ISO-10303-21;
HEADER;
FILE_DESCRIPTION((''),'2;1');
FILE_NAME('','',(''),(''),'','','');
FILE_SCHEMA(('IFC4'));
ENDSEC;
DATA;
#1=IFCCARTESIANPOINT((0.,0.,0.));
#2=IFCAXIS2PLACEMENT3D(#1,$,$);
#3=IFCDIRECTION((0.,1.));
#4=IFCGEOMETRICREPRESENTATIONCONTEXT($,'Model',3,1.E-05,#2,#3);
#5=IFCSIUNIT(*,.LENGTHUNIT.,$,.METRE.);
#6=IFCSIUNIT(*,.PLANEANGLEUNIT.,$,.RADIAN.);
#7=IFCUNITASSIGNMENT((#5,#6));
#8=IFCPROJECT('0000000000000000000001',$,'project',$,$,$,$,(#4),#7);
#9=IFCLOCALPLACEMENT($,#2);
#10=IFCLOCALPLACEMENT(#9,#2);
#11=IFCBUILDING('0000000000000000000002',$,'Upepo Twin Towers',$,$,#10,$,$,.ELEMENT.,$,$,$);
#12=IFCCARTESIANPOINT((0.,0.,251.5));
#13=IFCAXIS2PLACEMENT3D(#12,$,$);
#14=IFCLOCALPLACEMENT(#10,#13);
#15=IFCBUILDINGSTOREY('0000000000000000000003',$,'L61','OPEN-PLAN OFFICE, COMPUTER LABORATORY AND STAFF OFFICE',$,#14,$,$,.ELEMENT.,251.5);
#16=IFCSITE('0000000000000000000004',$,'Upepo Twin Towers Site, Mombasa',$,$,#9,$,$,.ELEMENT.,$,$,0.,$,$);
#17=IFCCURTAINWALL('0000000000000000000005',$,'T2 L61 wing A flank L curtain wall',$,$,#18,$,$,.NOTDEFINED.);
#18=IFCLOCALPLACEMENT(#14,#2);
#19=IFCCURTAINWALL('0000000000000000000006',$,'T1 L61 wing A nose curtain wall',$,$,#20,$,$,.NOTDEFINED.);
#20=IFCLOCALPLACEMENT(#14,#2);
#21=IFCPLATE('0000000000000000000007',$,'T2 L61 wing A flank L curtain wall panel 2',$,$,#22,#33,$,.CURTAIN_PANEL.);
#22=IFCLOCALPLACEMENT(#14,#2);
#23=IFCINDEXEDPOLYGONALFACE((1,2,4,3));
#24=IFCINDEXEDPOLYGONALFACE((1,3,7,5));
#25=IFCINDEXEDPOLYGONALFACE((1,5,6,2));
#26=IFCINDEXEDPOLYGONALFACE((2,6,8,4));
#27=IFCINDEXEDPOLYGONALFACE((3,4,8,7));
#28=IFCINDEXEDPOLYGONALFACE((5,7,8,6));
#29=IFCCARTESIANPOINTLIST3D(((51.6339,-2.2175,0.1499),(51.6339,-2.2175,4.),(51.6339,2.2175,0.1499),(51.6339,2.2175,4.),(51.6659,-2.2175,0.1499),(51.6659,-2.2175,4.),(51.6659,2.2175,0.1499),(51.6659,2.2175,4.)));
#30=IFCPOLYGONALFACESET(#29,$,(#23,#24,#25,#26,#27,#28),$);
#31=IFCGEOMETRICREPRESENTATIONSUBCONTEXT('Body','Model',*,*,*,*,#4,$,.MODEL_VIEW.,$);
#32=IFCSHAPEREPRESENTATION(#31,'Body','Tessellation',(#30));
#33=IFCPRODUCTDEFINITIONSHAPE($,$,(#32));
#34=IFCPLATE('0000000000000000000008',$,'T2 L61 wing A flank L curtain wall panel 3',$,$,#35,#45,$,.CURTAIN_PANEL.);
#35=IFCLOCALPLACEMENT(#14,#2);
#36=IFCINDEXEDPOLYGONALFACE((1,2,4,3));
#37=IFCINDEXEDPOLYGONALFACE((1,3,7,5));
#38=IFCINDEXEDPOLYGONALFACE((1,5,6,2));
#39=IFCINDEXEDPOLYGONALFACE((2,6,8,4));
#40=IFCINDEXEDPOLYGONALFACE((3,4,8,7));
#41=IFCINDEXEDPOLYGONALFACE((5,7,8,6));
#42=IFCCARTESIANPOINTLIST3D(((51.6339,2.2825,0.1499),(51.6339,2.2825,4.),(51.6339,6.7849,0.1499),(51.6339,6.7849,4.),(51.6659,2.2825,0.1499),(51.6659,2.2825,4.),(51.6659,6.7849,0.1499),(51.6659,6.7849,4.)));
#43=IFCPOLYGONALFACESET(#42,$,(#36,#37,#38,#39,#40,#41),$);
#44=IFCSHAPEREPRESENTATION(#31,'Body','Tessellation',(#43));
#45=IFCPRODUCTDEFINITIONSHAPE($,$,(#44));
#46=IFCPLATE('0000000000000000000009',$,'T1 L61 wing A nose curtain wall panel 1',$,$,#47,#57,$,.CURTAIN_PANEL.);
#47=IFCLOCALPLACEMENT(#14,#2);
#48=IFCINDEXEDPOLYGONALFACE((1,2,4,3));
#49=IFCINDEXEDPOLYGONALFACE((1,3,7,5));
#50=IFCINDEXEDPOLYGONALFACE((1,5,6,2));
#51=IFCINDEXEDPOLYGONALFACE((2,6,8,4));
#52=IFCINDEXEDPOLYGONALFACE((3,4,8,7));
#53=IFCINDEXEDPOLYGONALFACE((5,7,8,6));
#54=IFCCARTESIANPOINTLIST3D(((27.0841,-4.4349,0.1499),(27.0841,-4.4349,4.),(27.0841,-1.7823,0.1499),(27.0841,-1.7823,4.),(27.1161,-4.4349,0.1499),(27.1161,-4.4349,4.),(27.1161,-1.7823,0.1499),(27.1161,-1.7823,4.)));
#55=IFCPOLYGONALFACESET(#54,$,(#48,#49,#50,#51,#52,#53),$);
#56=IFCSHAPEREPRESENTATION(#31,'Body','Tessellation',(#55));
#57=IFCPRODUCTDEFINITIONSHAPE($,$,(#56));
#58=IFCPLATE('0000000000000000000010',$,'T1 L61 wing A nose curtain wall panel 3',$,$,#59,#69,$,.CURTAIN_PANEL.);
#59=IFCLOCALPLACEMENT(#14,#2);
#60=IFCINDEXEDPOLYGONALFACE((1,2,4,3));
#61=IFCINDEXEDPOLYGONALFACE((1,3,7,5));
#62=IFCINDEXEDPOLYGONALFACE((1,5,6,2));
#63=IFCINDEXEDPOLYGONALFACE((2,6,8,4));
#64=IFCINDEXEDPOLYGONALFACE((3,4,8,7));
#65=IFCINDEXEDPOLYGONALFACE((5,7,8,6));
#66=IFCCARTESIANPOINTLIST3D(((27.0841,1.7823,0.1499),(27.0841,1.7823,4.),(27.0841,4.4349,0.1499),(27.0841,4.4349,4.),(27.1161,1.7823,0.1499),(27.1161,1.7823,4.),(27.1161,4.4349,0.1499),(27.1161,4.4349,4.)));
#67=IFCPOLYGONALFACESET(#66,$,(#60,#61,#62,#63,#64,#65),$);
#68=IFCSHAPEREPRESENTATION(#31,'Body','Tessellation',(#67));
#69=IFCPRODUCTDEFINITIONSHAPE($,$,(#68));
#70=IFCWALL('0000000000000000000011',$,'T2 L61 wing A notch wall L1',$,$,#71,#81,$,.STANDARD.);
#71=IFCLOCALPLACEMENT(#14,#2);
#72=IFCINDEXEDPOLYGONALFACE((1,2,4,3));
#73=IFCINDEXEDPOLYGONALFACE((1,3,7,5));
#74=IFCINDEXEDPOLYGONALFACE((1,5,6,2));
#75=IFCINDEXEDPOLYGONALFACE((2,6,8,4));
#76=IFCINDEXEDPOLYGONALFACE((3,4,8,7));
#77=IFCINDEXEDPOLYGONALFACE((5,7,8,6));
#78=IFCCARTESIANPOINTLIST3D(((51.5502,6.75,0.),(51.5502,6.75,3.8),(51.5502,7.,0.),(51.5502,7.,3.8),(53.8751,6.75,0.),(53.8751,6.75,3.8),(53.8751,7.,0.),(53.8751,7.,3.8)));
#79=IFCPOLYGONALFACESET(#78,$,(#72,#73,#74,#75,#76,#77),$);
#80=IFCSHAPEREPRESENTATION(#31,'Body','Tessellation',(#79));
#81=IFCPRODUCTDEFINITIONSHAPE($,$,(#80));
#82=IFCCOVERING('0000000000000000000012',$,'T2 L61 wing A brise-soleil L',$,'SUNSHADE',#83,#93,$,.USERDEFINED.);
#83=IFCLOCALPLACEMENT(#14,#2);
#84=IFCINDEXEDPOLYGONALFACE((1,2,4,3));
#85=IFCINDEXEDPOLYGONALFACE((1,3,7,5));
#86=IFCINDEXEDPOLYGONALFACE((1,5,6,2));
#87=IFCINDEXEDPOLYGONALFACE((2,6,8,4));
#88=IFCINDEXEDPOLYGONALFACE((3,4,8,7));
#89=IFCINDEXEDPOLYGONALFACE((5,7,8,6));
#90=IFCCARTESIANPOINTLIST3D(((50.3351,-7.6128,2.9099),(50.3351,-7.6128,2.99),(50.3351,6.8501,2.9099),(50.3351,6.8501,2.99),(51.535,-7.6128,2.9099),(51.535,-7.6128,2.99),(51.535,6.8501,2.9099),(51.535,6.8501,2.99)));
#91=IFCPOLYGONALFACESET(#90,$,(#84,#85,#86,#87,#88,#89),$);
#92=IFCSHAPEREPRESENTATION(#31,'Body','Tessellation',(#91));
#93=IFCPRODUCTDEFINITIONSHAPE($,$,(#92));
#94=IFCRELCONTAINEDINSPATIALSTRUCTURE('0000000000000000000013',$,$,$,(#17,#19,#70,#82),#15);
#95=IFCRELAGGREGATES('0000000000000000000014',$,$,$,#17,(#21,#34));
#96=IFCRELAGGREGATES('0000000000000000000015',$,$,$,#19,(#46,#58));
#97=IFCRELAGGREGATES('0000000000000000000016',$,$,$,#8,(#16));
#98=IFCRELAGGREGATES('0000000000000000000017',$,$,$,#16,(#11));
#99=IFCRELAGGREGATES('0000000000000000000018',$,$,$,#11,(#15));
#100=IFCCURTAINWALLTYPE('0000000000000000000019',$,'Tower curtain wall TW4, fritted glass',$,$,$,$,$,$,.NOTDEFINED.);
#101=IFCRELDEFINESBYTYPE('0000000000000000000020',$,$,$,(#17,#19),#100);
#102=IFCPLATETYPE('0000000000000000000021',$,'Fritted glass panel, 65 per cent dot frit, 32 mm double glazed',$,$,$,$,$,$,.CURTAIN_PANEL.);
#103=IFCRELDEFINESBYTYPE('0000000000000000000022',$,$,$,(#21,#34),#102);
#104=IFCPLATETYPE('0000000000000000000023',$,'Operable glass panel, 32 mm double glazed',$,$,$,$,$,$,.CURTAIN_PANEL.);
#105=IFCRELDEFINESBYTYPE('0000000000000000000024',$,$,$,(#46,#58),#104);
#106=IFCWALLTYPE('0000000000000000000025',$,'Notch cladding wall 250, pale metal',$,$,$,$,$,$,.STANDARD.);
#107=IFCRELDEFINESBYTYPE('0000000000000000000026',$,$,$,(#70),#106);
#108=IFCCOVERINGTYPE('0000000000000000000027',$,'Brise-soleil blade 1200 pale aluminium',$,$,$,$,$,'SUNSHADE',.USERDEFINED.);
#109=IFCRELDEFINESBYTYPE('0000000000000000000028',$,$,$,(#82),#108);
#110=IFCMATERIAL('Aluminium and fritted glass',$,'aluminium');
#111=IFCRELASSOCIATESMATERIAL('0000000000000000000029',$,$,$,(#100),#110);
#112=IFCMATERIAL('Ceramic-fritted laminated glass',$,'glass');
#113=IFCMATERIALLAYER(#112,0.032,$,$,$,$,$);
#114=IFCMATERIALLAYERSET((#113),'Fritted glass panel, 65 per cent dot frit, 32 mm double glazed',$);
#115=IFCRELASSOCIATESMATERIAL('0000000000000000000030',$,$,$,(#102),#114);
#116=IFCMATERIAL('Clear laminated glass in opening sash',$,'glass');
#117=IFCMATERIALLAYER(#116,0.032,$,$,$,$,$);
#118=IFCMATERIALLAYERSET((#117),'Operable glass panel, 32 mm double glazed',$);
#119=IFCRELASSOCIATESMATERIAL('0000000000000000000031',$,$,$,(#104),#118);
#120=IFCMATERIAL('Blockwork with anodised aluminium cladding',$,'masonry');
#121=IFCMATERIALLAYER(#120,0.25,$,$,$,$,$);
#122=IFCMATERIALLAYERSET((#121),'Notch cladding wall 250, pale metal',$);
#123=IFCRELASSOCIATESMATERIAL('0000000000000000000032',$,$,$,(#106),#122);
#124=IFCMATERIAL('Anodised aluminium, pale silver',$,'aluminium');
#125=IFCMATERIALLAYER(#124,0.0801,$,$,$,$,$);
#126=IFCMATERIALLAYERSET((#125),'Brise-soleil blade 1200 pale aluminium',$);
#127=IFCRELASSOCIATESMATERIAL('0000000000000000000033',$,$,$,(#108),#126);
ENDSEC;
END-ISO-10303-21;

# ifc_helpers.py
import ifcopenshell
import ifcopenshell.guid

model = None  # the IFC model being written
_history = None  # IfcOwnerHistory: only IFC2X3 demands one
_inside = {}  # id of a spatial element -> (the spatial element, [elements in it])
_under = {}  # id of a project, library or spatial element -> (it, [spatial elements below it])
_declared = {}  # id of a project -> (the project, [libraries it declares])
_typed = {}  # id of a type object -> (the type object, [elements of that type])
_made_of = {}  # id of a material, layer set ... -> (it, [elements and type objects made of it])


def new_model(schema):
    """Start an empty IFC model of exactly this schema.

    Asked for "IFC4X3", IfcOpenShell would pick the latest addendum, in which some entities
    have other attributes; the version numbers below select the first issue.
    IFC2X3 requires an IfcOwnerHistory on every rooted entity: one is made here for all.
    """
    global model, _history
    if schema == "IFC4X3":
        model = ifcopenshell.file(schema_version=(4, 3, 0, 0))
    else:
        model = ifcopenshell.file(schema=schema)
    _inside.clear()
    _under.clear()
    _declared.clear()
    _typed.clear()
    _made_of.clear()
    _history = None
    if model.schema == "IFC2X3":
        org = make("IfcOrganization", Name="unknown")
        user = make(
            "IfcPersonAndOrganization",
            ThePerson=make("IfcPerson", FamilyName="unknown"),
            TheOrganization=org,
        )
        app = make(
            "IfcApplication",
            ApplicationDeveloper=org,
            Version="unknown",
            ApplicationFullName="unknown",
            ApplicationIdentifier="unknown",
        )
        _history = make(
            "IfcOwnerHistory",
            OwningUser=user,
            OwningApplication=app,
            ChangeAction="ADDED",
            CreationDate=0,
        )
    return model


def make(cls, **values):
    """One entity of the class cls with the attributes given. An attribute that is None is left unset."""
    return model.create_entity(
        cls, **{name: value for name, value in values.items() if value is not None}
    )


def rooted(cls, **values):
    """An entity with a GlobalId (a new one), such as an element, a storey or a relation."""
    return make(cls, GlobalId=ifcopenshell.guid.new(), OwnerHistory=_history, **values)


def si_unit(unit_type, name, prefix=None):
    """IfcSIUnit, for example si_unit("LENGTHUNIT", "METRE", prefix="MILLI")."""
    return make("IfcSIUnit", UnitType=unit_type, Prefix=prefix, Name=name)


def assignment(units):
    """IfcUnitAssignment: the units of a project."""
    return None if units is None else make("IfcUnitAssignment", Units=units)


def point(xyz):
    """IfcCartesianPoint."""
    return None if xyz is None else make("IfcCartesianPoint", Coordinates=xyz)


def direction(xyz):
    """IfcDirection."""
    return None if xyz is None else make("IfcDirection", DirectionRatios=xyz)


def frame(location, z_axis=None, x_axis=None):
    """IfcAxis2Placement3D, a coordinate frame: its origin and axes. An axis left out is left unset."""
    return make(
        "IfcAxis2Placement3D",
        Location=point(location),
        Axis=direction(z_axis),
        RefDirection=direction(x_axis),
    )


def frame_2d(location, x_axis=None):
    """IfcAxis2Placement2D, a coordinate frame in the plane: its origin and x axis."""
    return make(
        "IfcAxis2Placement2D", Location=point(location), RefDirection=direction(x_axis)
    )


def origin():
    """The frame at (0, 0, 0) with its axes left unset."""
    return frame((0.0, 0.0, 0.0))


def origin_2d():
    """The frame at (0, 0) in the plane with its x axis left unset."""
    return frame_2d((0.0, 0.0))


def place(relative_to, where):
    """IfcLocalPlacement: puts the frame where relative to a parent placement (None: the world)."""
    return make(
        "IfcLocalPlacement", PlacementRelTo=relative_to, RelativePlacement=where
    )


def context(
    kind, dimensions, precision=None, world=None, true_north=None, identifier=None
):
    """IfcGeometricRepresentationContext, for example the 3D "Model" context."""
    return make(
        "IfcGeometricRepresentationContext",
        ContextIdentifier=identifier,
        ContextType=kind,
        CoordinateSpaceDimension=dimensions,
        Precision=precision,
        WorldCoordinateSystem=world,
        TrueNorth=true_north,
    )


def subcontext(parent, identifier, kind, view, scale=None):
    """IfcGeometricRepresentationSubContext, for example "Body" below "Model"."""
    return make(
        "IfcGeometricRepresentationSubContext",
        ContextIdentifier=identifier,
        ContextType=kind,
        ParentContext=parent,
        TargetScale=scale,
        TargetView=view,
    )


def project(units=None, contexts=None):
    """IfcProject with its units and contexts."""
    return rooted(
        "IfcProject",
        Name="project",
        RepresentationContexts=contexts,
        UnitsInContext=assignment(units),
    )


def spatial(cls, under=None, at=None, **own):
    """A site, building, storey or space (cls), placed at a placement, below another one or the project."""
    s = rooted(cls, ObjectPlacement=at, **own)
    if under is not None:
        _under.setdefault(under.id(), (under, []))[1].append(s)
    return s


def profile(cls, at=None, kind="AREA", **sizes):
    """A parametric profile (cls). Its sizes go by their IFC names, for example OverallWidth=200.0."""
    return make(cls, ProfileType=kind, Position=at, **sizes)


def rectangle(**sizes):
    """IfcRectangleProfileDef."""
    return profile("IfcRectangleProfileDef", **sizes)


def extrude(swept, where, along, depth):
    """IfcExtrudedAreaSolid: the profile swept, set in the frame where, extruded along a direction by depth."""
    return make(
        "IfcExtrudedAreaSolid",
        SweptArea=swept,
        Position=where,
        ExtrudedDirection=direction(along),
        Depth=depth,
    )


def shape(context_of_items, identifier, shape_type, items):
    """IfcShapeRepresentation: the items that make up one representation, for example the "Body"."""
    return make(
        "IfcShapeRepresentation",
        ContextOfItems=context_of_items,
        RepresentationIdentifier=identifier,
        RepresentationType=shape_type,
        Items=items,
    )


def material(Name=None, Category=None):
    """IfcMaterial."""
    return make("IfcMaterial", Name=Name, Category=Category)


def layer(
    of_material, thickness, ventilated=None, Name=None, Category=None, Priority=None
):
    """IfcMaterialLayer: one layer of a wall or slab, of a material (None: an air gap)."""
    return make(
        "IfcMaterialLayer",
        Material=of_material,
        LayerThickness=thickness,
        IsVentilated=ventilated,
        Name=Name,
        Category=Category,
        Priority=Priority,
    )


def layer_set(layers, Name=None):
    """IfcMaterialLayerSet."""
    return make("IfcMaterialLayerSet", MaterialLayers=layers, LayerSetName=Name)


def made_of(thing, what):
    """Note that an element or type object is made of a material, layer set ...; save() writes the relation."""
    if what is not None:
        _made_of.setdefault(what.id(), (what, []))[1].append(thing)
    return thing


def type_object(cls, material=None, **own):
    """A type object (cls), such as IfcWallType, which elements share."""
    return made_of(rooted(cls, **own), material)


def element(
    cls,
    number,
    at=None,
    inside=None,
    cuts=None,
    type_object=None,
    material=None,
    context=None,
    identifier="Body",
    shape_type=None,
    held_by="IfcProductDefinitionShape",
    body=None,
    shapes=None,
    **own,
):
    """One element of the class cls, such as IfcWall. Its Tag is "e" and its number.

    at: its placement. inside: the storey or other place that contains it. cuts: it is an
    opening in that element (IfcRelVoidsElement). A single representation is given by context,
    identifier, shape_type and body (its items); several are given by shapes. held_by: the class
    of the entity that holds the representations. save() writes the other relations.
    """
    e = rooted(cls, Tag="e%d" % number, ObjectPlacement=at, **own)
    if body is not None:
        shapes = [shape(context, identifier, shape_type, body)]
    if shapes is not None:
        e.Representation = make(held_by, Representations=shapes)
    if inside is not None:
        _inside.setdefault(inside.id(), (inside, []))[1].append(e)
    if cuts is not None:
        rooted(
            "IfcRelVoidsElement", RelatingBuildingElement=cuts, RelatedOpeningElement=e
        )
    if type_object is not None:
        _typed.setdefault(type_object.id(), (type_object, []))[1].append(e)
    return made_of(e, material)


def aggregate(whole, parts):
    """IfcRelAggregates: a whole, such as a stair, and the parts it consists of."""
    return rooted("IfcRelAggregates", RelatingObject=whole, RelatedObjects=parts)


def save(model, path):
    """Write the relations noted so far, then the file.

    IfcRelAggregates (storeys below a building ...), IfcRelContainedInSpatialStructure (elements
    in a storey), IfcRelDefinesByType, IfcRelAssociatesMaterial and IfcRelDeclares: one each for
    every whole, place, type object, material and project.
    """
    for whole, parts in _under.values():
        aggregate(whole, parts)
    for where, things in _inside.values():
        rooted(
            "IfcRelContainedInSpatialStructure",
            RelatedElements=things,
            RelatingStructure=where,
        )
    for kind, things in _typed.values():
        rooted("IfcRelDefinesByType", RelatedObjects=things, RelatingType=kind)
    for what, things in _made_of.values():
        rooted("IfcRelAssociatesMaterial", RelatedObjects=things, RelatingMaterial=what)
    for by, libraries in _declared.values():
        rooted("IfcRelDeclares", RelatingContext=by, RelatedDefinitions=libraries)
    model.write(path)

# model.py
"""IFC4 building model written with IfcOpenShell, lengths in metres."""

from ifc_helpers import new_model, si_unit, direction, frame, frame_2d, origin, origin_2d, place, context, subcontext, project, spatial, rectangle, extrude, material, layer, layer_set, type_object, element, aggregate, save


model = new_model("IFC4")

# Units and contexts
model_context = context("Model", 3, precision=1e-05, world=origin(), true_north=direction((0.0, 1.0)))
body_context = subcontext(model_context, "Body", "Model", "MODEL_VIEW")
ifc_project = project(units=[si_unit("LENGTHUNIT", "METRE"), si_unit("PLANEANGLEUNIT", "RADIAN")], contexts=[model_context])

# Site, building, storey
site_placement = place(None, origin())
site = spatial("IfcSite", under=ifc_project, at=site_placement, Name="Upepo Twin Towers Site, Mombasa", CompositionType="ELEMENT", RefElevation=0.0)
building_placement = place(site_placement, origin())
building = spatial("IfcBuilding", under=site, at=building_placement, Name="Upepo Twin Towers", CompositionType="ELEMENT")
storey_placement = place(building_placement, frame((0.0, 0.0, 251.5)))
storey = spatial("IfcBuildingStorey", under=building, at=storey_placement, Name="L61", Description="OPEN-PLAN OFFICE, COMPUTER LABORATORY AND STAFF OFFICE", CompositionType="ELEMENT", Elevation=251.5)

# Curtain walls
ifc_material_1 = material(Name="Aluminium and fritted glass", Category="aluminium")
curtain_wall_type = type_object("IfcCurtainWallType", Name="Tower curtain wall TW4, fritted glass", PredefinedType="NOTDEFINED", material=ifc_material_1)
curtain_wall_1_placement = place(storey_placement, origin())
curtain_wall_1 = element("IfcCurtainWall", 1, at=curtain_wall_1_placement, inside=storey, type_object=curtain_wall_type, Name="T2 L61 wing A flank L curtain wall", PredefinedType="NOTDEFINED")
curtain_wall_2_placement = place(storey_placement, origin())
curtain_wall_2 = element("IfcCurtainWall", 2, at=curtain_wall_2_placement, inside=storey, type_object=curtain_wall_type, Name="T1 L61 wing A nose curtain wall", PredefinedType="NOTDEFINED")

# Plates
ifc_material_2 = material(Name="Ceramic-fritted laminated glass", Category="glass")
ifc_layer_1 = layer(ifc_material_2, 0.032)
ifc_layer_set_1 = layer_set([ifc_layer_1], Name="Fritted glass panel, 65 per cent dot frit, 32 mm double glazed")
plate_type_1 = type_object("IfcPlateType", Name="Fritted glass panel, 65 per cent dot frit, 32 mm double glazed", PredefinedType="CURTAIN_PANEL", material=ifc_layer_set_1)
plate_1_placement = place(storey_placement, frame((51.6499, 0.0, 0.1499), z_axis=(0.0, 0.0, 1.0), x_axis=(0.0, 1.0, 0.0)))
plate_1 = element("IfcPlate", 3, at=plate_1_placement, type_object=plate_type_1, Name="T2 L61 wing A flank L curtain wall panel 2", PredefinedType="CURTAIN_PANEL", context=body_context, shape_type="SweptSolid", body=[
    extrude(rectangle(XDim=4.4351, YDim=0.032, at=origin_2d()), origin(), (0.0, 0.0, 1.0), 3.8501),
])
plate_2_placement = place(storey_placement, frame((51.6499, 4.5337, 0.1499), z_axis=(0.0, 0.0, 1.0), x_axis=(0.0, 1.0, 0.0)))
plate_2 = element("IfcPlate", 4, at=plate_2_placement, type_object=plate_type_1, Name="T2 L61 wing A flank L curtain wall panel 3", PredefinedType="CURTAIN_PANEL", context=body_context, shape_type="SweptSolid", body=[
    extrude(rectangle(XDim=4.5024, YDim=0.032, at=origin_2d()), origin(), (0.0, 0.0, 1.0), 3.8501),
])
aggregate(curtain_wall_1, [plate_1, plate_2])
ifc_material_3 = material(Name="Clear laminated glass in opening sash", Category="glass")
ifc_layer_2 = layer(ifc_material_3, 0.032)
ifc_layer_set_2 = layer_set([ifc_layer_2], Name="Operable glass panel, 32 mm double glazed")
plate_type_2 = type_object("IfcPlateType", Name="Operable glass panel, 32 mm double glazed", PredefinedType="CURTAIN_PANEL", material=ifc_layer_set_2)
plate_3_placement = place(storey_placement, frame((27.1001, -3.1086, 0.1499), z_axis=(0.0, 0.0, 1.0), x_axis=(0.0, 1.0, 0.0)))
plate_3 = element("IfcPlate", 5, at=plate_3_placement, type_object=plate_type_2, Name="T1 L61 wing A nose curtain wall panel 1", PredefinedType="CURTAIN_PANEL", context=body_context, shape_type="SweptSolid", body=[
    extrude(rectangle(XDim=2.6526, YDim=0.032, at=origin_2d()), origin(), (0.0, 0.0, 1.0), 3.8501),
])
plate_4_placement = place(storey_placement, frame((27.1001, 3.1086, 0.1499), z_axis=(0.0, 0.0, 1.0), x_axis=(0.0, 1.0, 0.0)))
plate_4 = element("IfcPlate", 6, at=plate_4_placement, type_object=plate_type_2, Name="T1 L61 wing A nose curtain wall panel 3", PredefinedType="CURTAIN_PANEL", context=body_context, shape_type="SweptSolid", body=[
    extrude(rectangle(XDim=2.6526, YDim=0.032, at=origin_2d()), origin(), (0.0, 0.0, 1.0), 3.8501),
])
aggregate(curtain_wall_2, [plate_3, plate_4])

# Wall
ifc_material_4 = material(Name="Blockwork with anodised aluminium cladding", Category="masonry")
ifc_layer_3 = layer(ifc_material_4, 0.25)
ifc_layer_set_3 = layer_set([ifc_layer_3], Name="Notch cladding wall 250, pale metal")
wall_type = type_object("IfcWallType", Name="Notch cladding wall 250, pale metal", PredefinedType="STANDARD", material=ifc_layer_set_3)
wall_placement = place(storey_placement, frame((51.55, 6.875, 0.0), z_axis=(0.0, 0.0, 1.0), x_axis=(1.0, 0.0, 0.0)))
element("IfcWall", 7, at=wall_placement, inside=storey, type_object=wall_type, Name="T2 L61 wing A notch wall L1", PredefinedType="STANDARD", context=body_context, shape_type="SweptSolid", body=[
    extrude(rectangle(XDim=2.325, YDim=0.25, at=frame_2d((1.1626, 0.0))), origin(), (0.0, 0.0, 1.0), 3.8),
])

# Covering
ifc_material_5 = material(Name="Anodised aluminium, pale silver", Category="aluminium")
ifc_layer_4 = layer(ifc_material_5, 0.0801)
ifc_layer_set_4 = layer_set([ifc_layer_4], Name="Brise-soleil blade 1200 pale aluminium")
covering_type = type_object("IfcCoveringType", Name="Brise-soleil blade 1200 pale aluminium", ElementType="SUNSHADE", PredefinedType="USERDEFINED", material=ifc_layer_set_4)
covering_placement = place(storey_placement, frame((50.9351, -0.3813, 2.9099), z_axis=(0.0, 0.0, 1.0), x_axis=(0.0, 1.0, 0.0)))
element("IfcCovering", 8, at=covering_placement, inside=storey, type_object=covering_type, Name="T2 L61 wing A brise-soleil L", ObjectType="SUNSHADE", PredefinedType="USERDEFINED", context=body_context, shape_type="SweptSolid", body=[
    extrude(rectangle(XDim=14.4629, YDim=1.2, at=origin_2d()), origin(), (0.0, 0.0, 1.0), 0.0801),
])

save(model, "model.ifc")
